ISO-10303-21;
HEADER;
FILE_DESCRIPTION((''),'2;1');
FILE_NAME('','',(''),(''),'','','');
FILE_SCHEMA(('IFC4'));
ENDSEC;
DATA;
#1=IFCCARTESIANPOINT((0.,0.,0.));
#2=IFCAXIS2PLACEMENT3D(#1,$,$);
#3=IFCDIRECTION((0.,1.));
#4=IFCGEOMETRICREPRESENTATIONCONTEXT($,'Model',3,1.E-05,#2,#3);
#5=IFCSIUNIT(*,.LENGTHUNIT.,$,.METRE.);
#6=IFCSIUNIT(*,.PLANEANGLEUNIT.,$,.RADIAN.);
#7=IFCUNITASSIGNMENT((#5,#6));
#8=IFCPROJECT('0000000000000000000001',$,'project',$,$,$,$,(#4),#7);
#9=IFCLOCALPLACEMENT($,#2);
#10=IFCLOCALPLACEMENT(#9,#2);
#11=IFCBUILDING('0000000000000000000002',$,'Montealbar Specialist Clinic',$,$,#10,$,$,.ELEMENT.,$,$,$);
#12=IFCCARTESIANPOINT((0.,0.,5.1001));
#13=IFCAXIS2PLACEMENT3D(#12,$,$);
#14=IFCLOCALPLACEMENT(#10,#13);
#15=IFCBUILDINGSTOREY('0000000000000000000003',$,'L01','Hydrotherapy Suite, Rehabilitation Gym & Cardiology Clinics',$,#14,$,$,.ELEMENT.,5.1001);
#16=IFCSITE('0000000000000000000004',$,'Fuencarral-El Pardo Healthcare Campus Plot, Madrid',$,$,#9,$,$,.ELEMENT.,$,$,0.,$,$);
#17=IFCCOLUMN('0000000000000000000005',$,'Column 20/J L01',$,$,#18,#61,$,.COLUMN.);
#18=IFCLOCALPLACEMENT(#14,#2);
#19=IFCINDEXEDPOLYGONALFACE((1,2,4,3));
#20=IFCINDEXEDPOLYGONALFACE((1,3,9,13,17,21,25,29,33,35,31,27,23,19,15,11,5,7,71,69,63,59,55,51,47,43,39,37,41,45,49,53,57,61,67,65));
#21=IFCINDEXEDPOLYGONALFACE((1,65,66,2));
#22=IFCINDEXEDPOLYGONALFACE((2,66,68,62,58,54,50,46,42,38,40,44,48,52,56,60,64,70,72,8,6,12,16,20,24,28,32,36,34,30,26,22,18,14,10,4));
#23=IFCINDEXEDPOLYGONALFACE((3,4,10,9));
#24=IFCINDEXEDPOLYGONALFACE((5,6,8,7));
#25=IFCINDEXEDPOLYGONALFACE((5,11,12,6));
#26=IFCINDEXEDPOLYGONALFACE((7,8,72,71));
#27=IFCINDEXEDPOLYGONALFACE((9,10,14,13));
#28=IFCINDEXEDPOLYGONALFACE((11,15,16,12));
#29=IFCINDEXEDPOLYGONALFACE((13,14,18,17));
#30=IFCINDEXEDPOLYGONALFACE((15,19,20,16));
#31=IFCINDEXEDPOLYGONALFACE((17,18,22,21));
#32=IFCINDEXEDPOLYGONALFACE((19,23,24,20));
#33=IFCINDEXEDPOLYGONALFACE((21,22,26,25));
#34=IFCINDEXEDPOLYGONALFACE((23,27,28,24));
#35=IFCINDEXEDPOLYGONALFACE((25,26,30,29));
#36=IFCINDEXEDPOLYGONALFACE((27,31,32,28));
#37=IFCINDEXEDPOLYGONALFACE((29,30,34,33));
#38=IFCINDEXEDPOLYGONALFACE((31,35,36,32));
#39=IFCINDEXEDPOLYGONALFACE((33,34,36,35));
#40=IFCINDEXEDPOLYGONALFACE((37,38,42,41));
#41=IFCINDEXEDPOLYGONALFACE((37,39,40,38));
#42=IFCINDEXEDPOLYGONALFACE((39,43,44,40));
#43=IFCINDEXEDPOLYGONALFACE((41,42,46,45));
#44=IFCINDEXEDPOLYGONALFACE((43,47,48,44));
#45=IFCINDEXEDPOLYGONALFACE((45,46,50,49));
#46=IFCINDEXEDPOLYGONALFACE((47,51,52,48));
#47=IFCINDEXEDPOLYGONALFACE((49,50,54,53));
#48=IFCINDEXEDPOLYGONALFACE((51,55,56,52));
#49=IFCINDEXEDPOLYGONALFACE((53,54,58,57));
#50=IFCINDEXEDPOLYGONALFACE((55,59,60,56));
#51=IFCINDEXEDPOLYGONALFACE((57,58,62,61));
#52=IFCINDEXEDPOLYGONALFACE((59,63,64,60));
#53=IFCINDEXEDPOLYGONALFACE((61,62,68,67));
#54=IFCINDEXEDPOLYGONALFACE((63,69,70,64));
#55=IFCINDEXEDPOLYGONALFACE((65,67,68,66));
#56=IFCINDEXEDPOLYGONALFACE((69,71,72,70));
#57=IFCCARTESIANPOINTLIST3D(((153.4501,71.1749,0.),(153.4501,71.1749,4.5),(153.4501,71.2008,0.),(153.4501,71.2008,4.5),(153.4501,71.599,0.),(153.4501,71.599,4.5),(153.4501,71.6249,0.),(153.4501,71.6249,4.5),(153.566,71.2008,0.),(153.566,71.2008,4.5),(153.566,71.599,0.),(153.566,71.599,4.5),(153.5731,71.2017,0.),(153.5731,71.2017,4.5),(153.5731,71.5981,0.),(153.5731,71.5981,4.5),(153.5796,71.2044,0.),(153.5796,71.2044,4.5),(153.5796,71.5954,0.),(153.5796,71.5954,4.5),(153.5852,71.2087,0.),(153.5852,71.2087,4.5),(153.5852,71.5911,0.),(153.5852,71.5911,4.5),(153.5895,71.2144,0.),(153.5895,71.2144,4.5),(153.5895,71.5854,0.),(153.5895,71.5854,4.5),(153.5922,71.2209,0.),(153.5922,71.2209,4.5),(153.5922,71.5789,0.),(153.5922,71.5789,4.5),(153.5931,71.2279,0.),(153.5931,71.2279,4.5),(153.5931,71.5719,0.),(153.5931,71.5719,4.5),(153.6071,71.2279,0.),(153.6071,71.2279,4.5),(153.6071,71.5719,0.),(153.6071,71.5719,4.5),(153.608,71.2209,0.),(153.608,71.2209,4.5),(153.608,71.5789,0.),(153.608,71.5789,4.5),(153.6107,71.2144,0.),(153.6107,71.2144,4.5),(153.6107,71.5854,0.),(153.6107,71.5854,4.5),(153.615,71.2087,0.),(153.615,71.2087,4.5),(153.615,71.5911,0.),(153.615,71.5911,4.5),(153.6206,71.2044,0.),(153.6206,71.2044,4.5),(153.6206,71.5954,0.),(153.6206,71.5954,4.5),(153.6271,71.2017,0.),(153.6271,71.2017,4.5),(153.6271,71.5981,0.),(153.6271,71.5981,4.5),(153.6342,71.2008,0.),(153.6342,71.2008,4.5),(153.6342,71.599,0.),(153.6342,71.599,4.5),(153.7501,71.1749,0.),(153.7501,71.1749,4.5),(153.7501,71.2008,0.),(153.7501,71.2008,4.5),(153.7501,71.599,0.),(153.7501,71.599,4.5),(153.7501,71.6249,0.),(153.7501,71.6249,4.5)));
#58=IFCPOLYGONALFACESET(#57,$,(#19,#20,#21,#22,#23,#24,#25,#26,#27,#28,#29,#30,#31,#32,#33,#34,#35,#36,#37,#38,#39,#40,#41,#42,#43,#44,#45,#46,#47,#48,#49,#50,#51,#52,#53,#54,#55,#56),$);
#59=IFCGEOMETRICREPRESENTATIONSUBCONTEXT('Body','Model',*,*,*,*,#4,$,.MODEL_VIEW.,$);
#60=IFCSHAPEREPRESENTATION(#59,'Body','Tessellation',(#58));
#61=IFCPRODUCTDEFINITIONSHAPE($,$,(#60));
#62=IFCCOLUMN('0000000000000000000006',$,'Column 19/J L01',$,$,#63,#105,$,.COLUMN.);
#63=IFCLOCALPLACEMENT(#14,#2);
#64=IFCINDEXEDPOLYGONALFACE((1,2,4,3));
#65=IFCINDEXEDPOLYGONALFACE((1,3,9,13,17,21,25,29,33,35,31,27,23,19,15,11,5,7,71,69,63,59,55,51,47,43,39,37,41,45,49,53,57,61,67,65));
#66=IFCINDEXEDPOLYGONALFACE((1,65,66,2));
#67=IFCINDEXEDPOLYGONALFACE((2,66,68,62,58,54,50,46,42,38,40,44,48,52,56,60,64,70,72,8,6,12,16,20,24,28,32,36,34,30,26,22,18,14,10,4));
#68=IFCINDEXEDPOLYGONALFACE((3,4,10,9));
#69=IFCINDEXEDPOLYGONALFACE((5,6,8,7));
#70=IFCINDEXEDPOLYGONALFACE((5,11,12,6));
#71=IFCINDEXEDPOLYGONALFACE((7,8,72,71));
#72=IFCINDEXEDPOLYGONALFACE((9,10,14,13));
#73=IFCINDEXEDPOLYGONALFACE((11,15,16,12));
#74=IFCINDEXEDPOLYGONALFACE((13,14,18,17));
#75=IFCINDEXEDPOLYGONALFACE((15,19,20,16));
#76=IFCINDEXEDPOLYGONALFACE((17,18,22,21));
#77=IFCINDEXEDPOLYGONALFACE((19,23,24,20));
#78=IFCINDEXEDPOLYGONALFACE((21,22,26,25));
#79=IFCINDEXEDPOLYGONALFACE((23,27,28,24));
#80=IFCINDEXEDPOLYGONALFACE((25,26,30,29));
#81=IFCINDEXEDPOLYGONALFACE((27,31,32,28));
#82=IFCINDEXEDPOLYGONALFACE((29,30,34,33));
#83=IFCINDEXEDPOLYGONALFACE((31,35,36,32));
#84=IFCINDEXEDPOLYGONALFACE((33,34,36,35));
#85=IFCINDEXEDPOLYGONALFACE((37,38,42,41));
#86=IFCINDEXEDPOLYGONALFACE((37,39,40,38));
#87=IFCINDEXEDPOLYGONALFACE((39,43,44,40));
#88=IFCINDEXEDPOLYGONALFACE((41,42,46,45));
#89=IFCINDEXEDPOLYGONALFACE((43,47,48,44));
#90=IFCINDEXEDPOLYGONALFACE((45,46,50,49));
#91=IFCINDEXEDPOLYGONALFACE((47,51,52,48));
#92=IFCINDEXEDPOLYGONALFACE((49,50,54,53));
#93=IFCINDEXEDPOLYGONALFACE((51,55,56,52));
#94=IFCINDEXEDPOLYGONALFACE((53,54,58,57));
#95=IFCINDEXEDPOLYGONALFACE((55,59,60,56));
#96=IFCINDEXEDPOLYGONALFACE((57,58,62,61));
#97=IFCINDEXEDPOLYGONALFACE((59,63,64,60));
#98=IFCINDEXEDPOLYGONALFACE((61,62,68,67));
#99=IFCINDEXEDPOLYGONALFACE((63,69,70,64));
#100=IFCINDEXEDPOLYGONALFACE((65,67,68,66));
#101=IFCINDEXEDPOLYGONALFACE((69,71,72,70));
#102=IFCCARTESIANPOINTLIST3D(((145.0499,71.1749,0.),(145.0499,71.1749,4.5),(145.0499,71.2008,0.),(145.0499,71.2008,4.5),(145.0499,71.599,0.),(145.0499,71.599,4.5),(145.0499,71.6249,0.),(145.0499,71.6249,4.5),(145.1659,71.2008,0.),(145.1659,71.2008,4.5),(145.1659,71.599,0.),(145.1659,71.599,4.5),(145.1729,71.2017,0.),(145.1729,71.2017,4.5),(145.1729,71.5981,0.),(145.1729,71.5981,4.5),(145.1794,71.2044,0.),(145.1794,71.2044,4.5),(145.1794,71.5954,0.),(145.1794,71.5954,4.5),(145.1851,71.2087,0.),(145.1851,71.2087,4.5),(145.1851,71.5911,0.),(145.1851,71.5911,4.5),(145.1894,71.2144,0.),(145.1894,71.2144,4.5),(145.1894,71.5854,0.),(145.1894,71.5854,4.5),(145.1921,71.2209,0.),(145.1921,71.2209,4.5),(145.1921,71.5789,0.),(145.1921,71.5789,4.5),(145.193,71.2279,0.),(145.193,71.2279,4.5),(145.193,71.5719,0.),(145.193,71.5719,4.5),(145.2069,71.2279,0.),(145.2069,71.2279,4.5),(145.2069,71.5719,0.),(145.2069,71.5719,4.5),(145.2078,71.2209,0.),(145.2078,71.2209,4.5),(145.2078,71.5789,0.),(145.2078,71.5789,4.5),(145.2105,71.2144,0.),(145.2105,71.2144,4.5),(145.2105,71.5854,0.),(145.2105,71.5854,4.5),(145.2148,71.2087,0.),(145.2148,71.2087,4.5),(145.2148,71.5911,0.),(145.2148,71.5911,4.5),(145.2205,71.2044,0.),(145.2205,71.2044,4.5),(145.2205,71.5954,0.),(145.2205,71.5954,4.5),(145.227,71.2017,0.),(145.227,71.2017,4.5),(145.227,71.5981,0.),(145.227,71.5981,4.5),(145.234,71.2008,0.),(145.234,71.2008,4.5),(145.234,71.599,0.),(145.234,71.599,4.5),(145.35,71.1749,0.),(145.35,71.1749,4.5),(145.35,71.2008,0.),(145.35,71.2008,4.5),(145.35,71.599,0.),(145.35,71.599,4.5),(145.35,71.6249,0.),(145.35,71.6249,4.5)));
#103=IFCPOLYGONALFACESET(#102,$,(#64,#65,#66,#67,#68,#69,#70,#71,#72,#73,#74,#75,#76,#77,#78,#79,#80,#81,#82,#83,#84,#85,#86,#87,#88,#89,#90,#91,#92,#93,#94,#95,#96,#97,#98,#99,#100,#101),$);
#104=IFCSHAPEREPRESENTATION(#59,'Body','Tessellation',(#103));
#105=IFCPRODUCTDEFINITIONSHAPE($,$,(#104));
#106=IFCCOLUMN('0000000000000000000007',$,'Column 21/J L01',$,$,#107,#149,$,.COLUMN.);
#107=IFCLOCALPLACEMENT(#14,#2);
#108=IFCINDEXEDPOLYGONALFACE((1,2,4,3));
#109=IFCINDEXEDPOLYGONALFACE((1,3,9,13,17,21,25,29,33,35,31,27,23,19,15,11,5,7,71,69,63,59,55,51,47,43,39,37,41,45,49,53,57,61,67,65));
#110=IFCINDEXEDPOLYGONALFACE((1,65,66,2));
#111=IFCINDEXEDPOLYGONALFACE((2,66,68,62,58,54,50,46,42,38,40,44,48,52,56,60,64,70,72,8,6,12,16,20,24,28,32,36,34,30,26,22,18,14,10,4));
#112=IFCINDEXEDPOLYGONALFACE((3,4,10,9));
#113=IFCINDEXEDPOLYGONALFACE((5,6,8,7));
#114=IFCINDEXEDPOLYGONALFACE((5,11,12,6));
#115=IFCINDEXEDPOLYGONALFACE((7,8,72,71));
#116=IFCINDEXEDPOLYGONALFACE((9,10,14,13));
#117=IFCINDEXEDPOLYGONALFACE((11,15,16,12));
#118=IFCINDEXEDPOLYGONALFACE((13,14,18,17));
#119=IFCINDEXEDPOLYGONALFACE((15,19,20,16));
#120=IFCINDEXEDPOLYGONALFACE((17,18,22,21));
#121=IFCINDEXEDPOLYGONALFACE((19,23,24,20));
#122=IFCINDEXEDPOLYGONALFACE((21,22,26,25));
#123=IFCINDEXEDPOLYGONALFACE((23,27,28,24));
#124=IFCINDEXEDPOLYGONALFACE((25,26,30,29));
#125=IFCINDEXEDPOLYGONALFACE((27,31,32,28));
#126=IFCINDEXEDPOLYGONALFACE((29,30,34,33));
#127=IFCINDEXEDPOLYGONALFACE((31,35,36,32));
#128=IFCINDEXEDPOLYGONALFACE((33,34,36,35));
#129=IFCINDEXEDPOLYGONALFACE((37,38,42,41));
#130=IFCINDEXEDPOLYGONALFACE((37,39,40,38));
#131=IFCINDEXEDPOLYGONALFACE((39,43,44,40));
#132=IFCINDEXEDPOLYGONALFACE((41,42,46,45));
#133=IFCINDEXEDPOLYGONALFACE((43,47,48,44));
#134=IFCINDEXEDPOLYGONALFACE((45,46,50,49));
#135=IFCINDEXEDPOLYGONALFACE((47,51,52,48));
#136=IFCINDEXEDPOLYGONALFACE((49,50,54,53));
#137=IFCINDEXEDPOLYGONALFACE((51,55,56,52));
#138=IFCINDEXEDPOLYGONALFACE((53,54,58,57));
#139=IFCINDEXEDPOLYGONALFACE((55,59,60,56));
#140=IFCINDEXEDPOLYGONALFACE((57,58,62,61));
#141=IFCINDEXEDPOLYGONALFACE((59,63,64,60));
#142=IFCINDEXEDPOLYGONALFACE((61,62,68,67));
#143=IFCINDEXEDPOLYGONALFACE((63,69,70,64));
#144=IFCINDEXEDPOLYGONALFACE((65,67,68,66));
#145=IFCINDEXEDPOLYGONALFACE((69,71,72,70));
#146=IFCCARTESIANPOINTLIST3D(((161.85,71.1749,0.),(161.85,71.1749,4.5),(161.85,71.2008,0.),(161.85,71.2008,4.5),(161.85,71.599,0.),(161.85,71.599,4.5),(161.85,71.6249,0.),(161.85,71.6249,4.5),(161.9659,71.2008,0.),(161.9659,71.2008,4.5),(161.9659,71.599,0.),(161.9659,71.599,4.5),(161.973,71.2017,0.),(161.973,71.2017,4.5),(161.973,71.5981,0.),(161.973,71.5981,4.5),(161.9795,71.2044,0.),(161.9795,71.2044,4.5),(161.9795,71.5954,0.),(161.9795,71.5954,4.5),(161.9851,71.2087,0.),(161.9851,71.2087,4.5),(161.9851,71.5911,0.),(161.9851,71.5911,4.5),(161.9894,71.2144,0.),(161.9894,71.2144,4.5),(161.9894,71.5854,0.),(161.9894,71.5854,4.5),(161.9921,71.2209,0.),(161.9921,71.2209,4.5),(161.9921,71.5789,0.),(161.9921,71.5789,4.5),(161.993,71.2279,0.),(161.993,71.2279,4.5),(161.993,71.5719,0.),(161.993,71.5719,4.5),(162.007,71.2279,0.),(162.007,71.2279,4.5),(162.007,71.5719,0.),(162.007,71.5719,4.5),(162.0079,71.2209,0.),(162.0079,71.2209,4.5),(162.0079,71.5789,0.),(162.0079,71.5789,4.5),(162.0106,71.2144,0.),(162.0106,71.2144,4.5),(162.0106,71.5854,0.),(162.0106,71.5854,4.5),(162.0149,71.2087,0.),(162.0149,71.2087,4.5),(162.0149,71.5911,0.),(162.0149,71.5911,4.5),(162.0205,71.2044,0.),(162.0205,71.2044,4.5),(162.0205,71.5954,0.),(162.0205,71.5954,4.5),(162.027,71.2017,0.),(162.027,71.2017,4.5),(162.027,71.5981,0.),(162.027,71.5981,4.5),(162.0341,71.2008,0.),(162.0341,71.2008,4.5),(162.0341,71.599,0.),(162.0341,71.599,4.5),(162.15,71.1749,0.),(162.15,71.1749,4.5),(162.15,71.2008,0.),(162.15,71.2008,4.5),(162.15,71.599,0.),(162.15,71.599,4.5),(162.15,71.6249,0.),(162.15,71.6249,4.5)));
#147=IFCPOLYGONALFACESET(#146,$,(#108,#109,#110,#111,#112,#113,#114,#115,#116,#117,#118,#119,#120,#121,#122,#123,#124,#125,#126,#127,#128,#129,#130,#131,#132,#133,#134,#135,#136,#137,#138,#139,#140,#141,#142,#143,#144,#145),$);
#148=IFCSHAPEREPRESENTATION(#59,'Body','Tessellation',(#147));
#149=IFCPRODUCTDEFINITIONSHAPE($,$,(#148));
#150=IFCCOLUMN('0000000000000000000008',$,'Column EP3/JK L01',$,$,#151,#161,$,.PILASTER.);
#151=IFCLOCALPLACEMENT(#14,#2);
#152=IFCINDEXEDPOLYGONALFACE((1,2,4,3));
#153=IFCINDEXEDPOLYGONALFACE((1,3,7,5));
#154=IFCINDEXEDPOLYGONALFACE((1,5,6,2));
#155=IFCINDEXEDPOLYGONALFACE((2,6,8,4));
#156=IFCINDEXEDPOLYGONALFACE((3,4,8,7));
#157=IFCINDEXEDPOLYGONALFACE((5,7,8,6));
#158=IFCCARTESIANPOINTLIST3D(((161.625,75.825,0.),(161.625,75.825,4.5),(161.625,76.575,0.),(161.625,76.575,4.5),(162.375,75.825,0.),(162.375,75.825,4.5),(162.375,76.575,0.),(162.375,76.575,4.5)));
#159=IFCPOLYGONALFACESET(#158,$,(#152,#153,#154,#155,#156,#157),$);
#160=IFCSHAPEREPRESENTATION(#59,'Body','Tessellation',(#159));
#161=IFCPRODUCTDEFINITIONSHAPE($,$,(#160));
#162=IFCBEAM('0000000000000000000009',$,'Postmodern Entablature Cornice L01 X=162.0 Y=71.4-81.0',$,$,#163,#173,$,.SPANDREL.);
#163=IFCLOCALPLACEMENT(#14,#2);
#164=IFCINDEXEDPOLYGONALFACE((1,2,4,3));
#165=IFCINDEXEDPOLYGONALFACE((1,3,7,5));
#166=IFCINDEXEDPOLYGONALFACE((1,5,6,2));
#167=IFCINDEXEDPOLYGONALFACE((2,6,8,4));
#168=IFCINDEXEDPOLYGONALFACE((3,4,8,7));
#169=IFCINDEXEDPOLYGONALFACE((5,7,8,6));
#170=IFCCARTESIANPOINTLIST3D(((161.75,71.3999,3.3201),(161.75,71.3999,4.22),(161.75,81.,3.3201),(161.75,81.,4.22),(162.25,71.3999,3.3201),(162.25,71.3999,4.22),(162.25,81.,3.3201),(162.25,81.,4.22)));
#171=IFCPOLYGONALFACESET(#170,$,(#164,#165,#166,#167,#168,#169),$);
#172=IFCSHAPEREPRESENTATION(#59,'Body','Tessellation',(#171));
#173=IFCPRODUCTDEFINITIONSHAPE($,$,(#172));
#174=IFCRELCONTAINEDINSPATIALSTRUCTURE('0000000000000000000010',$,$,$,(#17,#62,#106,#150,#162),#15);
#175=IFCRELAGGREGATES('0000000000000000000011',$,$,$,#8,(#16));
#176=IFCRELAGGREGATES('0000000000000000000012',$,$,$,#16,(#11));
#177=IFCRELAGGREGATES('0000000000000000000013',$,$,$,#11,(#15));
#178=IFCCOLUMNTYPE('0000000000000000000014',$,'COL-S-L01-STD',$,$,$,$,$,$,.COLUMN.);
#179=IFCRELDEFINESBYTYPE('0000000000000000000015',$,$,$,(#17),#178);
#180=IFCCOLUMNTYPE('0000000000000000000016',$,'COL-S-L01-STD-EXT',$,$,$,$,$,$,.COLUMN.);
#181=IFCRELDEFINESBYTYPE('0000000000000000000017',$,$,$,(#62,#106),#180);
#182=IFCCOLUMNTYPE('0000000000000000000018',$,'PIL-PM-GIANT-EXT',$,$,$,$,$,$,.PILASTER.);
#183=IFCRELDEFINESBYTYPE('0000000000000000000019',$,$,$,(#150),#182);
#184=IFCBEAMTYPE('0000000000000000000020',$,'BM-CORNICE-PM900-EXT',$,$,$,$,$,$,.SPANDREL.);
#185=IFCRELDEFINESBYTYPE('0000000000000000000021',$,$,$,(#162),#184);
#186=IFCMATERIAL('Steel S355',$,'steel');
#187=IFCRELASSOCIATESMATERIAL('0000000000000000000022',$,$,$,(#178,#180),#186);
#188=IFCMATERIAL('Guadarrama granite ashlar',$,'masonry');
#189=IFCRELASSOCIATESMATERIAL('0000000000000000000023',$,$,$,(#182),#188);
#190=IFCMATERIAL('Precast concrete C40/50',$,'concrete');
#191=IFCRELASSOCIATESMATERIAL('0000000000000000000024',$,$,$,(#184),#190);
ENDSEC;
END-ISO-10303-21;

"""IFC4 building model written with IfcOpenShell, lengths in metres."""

from ifc_helpers import new_model, si_unit, direction, frame, origin, origin_2d, place, context, subcontext, project, spatial, rectangle, i_section, extrude, material, material_profile, profile_set, type_object, element, save


model = new_model("IFC4")

# Units and contexts
model_context = context("Model", 3, precision=1e-05, world=origin(), true_north=direction((0.0, 1.0)))
body_context = subcontext(model_context, "Body", "Model", "MODEL_VIEW")
ifc_project = project(units=[si_unit("LENGTHUNIT", "METRE"), si_unit("PLANEANGLEUNIT", "RADIAN")], contexts=[model_context])

# Site, building, storey
site_placement = place(None, origin())
site = spatial("IfcSite", under=ifc_project, at=site_placement, Name="Fuencarral-El Pardo Healthcare Campus Plot, Madrid", CompositionType="ELEMENT", RefElevation=0.0)
building_placement = place(site_placement, origin())
building = spatial("IfcBuilding", under=site, at=building_placement, Name="Montealbar Specialist Clinic", CompositionType="ELEMENT")
storey_placement = place(building_placement, frame((0.0, 0.0, 5.1001)))
storey = spatial("IfcBuildingStorey", under=building, at=storey_placement, Name="L01", Description="Hydrotherapy Suite, Rehabilitation Gym & Cardiology Clinics", CompositionType="ELEMENT", Elevation=5.1001)

# Columns
ifc_material_1 = material(Name="Steel S355", Category="steel")
ifc_material_profile_1 = material_profile(ifc_material_1, i_section(OverallWidth=0.3, OverallDepth=0.45, WebThickness=0.0139, FlangeThickness=0.0259, FilletRadius=0.0271, at=origin_2d()), Name="HEB 450", Category="steel")
ifc_profile_set_1 = profile_set([ifc_material_profile_1], Name="Steel S355")
column_type_1 = type_object("IfcColumnType", Name="COL-S-L01-STD", PredefinedType="COLUMN", material=ifc_profile_set_1)
column_1_placement = place(storey_placement, frame((153.6001, 71.3999, 0.0), z_axis=(0.0, 0.0, 1.0), x_axis=(1.0, 0.0, 0.0)))
element("IfcColumn", 1, at=column_1_placement, inside=storey, type_object=column_type_1, Name="Column 20/J L01", PredefinedType="COLUMN", context=body_context, shape_type="SweptSolid", body=[
    extrude(i_section(OverallWidth=0.3, OverallDepth=0.45, WebThickness=0.0139, FlangeThickness=0.0259, FilletRadius=0.0271, at=origin_2d()), origin(), (0.0, 0.0, 1.0), 4.5),
])
ifc_material_profile_2 = material_profile(ifc_material_1, i_section(OverallWidth=0.3, OverallDepth=0.45, WebThickness=0.0139, FlangeThickness=0.0259, FilletRadius=0.0271, at=origin_2d()), Name="HEB 450", Category="steel")
ifc_profile_set_2 = profile_set([ifc_material_profile_2], Name="Steel S355")
column_type_2 = type_object("IfcColumnType", Name="COL-S-L01-STD-EXT", PredefinedType="COLUMN", material=ifc_profile_set_2)
for number, where, z_axis, x_axis, name in (
    (2, (145.2, 71.3999, 0.0), (0.0, 0.0, 1.0), (1.0, 0.0, 0.0), "Column 19/J L01"),
    (3, (162.0, 71.3999, 0.0), (0.0, 0.0, 1.0), (1.0, 0.0, 0.0), "Column 21/J L01"),
):
    element("IfcColumn", number, at=place(storey_placement, frame(where, z_axis=z_axis, x_axis=x_axis)), inside=storey, type_object=column_type_2, Name=name, PredefinedType="COLUMN", context=body_context, shape_type="SweptSolid", body=[
        extrude(i_section(OverallWidth=0.3, OverallDepth=0.45, WebThickness=0.0139, FlangeThickness=0.0259, FilletRadius=0.0271, at=origin_2d()), origin(), (0.0, 0.0, 1.0), 4.5),
    ])
ifc_material_2 = material(Name="Guadarrama granite ashlar", Category="masonry")
ifc_material_profile_3 = material_profile(ifc_material_2, rectangle(XDim=0.75, YDim=0.75, at=origin_2d()), Name="GRANITE PILASTER 750x750", Category="masonry")
ifc_profile_set_3 = profile_set([ifc_material_profile_3], Name="Guadarrama granite ashlar")
column_type_3 = type_object("IfcColumnType", Name="PIL-PM-GIANT-EXT", PredefinedType="PILASTER", material=ifc_profile_set_3)
column_2_placement = place(storey_placement, frame((162.0, 76.2, 0.0), z_axis=(0.0, 0.0, 1.0), x_axis=(1.0, 0.0, 0.0)))
element("IfcColumn", 4, at=column_2_placement, inside=storey, type_object=column_type_3, Name="Column EP3/JK L01", PredefinedType="PILASTER", context=body_context, shape_type="SweptSolid", body=[
    extrude(rectangle(XDim=0.75, YDim=0.75, at=origin_2d()), origin(), (0.0, 0.0, 1.0), 4.5),
])

# Beam
ifc_material_3 = material(Name="Precast concrete C40/50", Category="concrete")
ifc_material_profile_4 = material_profile(ifc_material_3, rectangle(XDim=0.5, YDim=0.8999, at=origin_2d()), Name="PRECAST CORNICE 500x900", Category="concrete")
ifc_profile_set_4 = profile_set([ifc_material_profile_4], Name="Precast concrete C40/50")
beam_type_1 = type_object("IfcBeamType", Name="BM-CORNICE-PM900-EXT", PredefinedType="SPANDREL", material=ifc_profile_set_4)
beam_1_placement = place(storey_placement, frame((162.0, 71.3999, 3.77), z_axis=(0.0, 1.0, 0.0), x_axis=(-1.0, 0.0, 0.0)))
element("IfcBeam", 5, at=beam_1_placement, inside=storey, type_object=beam_type_1, Name="Postmodern Entablature Cornice L01 X=162.0 Y=71.4-81.0", PredefinedType="SPANDREL", context=body_context, shape_type="SweptSolid", body=[
    extrude(rectangle(XDim=0.5, YDim=0.8999, at=origin_2d()), origin(), (0.0, 0.0, 1.0), 9.6001),
])

save(model, "model.ifc")
